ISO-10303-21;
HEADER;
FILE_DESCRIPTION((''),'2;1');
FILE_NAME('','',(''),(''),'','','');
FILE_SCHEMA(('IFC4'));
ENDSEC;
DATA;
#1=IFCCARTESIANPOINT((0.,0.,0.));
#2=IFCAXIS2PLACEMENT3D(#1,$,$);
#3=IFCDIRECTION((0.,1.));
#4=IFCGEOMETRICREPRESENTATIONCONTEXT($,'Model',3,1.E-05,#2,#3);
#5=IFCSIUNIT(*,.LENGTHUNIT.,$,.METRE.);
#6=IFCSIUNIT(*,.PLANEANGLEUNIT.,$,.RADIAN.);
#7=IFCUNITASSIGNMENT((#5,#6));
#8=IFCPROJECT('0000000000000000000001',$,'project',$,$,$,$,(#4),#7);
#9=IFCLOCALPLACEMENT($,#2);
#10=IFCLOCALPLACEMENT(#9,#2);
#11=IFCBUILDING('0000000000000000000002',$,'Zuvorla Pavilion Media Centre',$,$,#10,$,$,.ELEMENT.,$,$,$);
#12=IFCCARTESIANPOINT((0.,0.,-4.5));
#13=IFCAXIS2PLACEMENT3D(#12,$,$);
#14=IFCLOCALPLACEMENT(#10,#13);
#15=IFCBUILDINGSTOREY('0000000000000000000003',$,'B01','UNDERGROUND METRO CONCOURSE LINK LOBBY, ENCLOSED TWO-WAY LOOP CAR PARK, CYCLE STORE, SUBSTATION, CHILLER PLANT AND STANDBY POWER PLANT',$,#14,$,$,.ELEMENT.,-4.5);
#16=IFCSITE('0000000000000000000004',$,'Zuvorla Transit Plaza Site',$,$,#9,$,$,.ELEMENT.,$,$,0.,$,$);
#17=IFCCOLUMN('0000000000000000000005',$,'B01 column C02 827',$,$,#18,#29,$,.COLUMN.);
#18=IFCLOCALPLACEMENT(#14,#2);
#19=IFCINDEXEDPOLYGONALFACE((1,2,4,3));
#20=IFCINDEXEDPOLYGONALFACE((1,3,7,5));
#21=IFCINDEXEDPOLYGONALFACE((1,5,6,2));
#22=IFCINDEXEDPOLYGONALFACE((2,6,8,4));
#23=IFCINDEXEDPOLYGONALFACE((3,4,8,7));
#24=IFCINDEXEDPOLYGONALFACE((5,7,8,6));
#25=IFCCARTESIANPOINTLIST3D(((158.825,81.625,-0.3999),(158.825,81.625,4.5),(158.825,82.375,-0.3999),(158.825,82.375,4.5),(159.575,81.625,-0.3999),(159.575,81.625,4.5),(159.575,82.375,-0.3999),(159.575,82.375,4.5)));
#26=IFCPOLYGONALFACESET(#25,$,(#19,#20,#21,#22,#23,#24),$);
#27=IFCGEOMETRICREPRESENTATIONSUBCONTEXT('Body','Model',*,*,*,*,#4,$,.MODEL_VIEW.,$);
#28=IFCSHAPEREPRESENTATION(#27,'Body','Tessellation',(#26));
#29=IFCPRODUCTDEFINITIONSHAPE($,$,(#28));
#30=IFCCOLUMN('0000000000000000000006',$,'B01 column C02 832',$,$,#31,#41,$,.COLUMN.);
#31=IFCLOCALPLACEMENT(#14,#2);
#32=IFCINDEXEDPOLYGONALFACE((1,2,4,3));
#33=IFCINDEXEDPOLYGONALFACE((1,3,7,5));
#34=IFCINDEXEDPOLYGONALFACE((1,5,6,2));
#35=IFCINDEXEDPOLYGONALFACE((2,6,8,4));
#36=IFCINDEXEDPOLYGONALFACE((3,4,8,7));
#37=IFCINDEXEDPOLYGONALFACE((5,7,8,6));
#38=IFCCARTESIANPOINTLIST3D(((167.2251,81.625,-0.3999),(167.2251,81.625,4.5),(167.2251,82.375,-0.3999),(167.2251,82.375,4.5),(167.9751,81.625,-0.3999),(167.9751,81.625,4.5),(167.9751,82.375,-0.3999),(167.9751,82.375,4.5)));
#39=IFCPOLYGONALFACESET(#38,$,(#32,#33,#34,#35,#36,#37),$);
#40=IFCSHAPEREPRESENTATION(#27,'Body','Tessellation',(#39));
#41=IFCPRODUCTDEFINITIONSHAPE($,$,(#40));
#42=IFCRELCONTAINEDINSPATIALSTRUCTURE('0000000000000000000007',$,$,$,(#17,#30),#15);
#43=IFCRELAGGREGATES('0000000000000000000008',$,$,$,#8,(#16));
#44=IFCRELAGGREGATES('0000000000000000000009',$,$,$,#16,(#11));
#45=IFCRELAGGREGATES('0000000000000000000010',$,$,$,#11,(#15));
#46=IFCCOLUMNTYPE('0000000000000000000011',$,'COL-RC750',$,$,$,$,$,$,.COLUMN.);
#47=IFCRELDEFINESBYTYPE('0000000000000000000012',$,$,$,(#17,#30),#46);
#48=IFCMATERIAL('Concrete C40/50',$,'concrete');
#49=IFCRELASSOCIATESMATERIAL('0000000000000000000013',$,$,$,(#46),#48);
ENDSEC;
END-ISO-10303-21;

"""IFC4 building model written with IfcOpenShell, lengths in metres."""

from ifc_helpers import new_model, si_unit, direction, frame, origin, origin_2d, place, context, subcontext, project, spatial, rectangle, extrude, material, material_profile, profile_set, type_object, element, save


model = new_model("IFC4")

# Units and contexts
model_context = context("Model", 3, precision=1e-05, world=origin(), true_north=direction((0.0, 1.0)))
body_context = subcontext(model_context, "Body", "Model", "MODEL_VIEW")
ifc_project = project(units=[si_unit("LENGTHUNIT", "METRE"), si_unit("PLANEANGLEUNIT", "RADIAN")], contexts=[model_context])

# Site, building, storey
site_placement = place(None, origin())
site = spatial("IfcSite", under=ifc_project, at=site_placement, Name="Zuvorla Transit Plaza Site", CompositionType="ELEMENT", RefElevation=0.0)
building_placement = place(site_placement, origin())
building = spatial("IfcBuilding", under=site, at=building_placement, Name="Zuvorla Pavilion Media Centre", CompositionType="ELEMENT")
storey_placement = place(building_placement, frame((0.0, 0.0, -4.5)))
storey = spatial("IfcBuildingStorey", under=building, at=storey_placement, Name="B01", Description="UNDERGROUND METRO CONCOURSE LINK LOBBY, ENCLOSED TWO-WAY LOOP CAR PARK, CYCLE STORE, SUBSTATION, CHILLER PLANT AND STANDBY POWER PLANT", CompositionType="ELEMENT", Elevation=-4.5)

# Shared definitions
ifc_material = material(Name="Concrete C40/50", Category="concrete")

# Columns
ifc_material_profile_1 = material_profile(ifc_material, rectangle(XDim=0.75, YDim=0.75, at=origin_2d()), Name="RC 750x750")
ifc_profile_set_1 = profile_set([ifc_material_profile_1], Name="Concrete C40/50")
column_type = type_object("IfcColumnType", Name="COL-RC750", PredefinedType="COLUMN", material=ifc_profile_set_1)
for number, where, z_axis, x_axis, name in (
    (1, (159.2, 82.0, -0.3999), (0.0, 0.0, 1.0), (1.0, 0.0, 0.0), "B01 column C02 827"),
    (2, (167.6001, 82.0, -0.3999), (0.0, 0.0, 1.0), (1.0, 0.0, 0.0), "B01 column C02 832"),
):
    element("IfcColumn", number, at=place(storey_placement, frame(where, z_axis=z_axis, x_axis=x_axis)), inside=storey, type_object=column_type, Name=name, PredefinedType="COLUMN", context=body_context, shape_type="SweptSolid", body=[
        extrude(rectangle(XDim=0.75, YDim=0.75, at=origin_2d()), origin(), (0.0, 0.0, 1.0), 4.8999),
    ])

save(model, "model.ifc")
